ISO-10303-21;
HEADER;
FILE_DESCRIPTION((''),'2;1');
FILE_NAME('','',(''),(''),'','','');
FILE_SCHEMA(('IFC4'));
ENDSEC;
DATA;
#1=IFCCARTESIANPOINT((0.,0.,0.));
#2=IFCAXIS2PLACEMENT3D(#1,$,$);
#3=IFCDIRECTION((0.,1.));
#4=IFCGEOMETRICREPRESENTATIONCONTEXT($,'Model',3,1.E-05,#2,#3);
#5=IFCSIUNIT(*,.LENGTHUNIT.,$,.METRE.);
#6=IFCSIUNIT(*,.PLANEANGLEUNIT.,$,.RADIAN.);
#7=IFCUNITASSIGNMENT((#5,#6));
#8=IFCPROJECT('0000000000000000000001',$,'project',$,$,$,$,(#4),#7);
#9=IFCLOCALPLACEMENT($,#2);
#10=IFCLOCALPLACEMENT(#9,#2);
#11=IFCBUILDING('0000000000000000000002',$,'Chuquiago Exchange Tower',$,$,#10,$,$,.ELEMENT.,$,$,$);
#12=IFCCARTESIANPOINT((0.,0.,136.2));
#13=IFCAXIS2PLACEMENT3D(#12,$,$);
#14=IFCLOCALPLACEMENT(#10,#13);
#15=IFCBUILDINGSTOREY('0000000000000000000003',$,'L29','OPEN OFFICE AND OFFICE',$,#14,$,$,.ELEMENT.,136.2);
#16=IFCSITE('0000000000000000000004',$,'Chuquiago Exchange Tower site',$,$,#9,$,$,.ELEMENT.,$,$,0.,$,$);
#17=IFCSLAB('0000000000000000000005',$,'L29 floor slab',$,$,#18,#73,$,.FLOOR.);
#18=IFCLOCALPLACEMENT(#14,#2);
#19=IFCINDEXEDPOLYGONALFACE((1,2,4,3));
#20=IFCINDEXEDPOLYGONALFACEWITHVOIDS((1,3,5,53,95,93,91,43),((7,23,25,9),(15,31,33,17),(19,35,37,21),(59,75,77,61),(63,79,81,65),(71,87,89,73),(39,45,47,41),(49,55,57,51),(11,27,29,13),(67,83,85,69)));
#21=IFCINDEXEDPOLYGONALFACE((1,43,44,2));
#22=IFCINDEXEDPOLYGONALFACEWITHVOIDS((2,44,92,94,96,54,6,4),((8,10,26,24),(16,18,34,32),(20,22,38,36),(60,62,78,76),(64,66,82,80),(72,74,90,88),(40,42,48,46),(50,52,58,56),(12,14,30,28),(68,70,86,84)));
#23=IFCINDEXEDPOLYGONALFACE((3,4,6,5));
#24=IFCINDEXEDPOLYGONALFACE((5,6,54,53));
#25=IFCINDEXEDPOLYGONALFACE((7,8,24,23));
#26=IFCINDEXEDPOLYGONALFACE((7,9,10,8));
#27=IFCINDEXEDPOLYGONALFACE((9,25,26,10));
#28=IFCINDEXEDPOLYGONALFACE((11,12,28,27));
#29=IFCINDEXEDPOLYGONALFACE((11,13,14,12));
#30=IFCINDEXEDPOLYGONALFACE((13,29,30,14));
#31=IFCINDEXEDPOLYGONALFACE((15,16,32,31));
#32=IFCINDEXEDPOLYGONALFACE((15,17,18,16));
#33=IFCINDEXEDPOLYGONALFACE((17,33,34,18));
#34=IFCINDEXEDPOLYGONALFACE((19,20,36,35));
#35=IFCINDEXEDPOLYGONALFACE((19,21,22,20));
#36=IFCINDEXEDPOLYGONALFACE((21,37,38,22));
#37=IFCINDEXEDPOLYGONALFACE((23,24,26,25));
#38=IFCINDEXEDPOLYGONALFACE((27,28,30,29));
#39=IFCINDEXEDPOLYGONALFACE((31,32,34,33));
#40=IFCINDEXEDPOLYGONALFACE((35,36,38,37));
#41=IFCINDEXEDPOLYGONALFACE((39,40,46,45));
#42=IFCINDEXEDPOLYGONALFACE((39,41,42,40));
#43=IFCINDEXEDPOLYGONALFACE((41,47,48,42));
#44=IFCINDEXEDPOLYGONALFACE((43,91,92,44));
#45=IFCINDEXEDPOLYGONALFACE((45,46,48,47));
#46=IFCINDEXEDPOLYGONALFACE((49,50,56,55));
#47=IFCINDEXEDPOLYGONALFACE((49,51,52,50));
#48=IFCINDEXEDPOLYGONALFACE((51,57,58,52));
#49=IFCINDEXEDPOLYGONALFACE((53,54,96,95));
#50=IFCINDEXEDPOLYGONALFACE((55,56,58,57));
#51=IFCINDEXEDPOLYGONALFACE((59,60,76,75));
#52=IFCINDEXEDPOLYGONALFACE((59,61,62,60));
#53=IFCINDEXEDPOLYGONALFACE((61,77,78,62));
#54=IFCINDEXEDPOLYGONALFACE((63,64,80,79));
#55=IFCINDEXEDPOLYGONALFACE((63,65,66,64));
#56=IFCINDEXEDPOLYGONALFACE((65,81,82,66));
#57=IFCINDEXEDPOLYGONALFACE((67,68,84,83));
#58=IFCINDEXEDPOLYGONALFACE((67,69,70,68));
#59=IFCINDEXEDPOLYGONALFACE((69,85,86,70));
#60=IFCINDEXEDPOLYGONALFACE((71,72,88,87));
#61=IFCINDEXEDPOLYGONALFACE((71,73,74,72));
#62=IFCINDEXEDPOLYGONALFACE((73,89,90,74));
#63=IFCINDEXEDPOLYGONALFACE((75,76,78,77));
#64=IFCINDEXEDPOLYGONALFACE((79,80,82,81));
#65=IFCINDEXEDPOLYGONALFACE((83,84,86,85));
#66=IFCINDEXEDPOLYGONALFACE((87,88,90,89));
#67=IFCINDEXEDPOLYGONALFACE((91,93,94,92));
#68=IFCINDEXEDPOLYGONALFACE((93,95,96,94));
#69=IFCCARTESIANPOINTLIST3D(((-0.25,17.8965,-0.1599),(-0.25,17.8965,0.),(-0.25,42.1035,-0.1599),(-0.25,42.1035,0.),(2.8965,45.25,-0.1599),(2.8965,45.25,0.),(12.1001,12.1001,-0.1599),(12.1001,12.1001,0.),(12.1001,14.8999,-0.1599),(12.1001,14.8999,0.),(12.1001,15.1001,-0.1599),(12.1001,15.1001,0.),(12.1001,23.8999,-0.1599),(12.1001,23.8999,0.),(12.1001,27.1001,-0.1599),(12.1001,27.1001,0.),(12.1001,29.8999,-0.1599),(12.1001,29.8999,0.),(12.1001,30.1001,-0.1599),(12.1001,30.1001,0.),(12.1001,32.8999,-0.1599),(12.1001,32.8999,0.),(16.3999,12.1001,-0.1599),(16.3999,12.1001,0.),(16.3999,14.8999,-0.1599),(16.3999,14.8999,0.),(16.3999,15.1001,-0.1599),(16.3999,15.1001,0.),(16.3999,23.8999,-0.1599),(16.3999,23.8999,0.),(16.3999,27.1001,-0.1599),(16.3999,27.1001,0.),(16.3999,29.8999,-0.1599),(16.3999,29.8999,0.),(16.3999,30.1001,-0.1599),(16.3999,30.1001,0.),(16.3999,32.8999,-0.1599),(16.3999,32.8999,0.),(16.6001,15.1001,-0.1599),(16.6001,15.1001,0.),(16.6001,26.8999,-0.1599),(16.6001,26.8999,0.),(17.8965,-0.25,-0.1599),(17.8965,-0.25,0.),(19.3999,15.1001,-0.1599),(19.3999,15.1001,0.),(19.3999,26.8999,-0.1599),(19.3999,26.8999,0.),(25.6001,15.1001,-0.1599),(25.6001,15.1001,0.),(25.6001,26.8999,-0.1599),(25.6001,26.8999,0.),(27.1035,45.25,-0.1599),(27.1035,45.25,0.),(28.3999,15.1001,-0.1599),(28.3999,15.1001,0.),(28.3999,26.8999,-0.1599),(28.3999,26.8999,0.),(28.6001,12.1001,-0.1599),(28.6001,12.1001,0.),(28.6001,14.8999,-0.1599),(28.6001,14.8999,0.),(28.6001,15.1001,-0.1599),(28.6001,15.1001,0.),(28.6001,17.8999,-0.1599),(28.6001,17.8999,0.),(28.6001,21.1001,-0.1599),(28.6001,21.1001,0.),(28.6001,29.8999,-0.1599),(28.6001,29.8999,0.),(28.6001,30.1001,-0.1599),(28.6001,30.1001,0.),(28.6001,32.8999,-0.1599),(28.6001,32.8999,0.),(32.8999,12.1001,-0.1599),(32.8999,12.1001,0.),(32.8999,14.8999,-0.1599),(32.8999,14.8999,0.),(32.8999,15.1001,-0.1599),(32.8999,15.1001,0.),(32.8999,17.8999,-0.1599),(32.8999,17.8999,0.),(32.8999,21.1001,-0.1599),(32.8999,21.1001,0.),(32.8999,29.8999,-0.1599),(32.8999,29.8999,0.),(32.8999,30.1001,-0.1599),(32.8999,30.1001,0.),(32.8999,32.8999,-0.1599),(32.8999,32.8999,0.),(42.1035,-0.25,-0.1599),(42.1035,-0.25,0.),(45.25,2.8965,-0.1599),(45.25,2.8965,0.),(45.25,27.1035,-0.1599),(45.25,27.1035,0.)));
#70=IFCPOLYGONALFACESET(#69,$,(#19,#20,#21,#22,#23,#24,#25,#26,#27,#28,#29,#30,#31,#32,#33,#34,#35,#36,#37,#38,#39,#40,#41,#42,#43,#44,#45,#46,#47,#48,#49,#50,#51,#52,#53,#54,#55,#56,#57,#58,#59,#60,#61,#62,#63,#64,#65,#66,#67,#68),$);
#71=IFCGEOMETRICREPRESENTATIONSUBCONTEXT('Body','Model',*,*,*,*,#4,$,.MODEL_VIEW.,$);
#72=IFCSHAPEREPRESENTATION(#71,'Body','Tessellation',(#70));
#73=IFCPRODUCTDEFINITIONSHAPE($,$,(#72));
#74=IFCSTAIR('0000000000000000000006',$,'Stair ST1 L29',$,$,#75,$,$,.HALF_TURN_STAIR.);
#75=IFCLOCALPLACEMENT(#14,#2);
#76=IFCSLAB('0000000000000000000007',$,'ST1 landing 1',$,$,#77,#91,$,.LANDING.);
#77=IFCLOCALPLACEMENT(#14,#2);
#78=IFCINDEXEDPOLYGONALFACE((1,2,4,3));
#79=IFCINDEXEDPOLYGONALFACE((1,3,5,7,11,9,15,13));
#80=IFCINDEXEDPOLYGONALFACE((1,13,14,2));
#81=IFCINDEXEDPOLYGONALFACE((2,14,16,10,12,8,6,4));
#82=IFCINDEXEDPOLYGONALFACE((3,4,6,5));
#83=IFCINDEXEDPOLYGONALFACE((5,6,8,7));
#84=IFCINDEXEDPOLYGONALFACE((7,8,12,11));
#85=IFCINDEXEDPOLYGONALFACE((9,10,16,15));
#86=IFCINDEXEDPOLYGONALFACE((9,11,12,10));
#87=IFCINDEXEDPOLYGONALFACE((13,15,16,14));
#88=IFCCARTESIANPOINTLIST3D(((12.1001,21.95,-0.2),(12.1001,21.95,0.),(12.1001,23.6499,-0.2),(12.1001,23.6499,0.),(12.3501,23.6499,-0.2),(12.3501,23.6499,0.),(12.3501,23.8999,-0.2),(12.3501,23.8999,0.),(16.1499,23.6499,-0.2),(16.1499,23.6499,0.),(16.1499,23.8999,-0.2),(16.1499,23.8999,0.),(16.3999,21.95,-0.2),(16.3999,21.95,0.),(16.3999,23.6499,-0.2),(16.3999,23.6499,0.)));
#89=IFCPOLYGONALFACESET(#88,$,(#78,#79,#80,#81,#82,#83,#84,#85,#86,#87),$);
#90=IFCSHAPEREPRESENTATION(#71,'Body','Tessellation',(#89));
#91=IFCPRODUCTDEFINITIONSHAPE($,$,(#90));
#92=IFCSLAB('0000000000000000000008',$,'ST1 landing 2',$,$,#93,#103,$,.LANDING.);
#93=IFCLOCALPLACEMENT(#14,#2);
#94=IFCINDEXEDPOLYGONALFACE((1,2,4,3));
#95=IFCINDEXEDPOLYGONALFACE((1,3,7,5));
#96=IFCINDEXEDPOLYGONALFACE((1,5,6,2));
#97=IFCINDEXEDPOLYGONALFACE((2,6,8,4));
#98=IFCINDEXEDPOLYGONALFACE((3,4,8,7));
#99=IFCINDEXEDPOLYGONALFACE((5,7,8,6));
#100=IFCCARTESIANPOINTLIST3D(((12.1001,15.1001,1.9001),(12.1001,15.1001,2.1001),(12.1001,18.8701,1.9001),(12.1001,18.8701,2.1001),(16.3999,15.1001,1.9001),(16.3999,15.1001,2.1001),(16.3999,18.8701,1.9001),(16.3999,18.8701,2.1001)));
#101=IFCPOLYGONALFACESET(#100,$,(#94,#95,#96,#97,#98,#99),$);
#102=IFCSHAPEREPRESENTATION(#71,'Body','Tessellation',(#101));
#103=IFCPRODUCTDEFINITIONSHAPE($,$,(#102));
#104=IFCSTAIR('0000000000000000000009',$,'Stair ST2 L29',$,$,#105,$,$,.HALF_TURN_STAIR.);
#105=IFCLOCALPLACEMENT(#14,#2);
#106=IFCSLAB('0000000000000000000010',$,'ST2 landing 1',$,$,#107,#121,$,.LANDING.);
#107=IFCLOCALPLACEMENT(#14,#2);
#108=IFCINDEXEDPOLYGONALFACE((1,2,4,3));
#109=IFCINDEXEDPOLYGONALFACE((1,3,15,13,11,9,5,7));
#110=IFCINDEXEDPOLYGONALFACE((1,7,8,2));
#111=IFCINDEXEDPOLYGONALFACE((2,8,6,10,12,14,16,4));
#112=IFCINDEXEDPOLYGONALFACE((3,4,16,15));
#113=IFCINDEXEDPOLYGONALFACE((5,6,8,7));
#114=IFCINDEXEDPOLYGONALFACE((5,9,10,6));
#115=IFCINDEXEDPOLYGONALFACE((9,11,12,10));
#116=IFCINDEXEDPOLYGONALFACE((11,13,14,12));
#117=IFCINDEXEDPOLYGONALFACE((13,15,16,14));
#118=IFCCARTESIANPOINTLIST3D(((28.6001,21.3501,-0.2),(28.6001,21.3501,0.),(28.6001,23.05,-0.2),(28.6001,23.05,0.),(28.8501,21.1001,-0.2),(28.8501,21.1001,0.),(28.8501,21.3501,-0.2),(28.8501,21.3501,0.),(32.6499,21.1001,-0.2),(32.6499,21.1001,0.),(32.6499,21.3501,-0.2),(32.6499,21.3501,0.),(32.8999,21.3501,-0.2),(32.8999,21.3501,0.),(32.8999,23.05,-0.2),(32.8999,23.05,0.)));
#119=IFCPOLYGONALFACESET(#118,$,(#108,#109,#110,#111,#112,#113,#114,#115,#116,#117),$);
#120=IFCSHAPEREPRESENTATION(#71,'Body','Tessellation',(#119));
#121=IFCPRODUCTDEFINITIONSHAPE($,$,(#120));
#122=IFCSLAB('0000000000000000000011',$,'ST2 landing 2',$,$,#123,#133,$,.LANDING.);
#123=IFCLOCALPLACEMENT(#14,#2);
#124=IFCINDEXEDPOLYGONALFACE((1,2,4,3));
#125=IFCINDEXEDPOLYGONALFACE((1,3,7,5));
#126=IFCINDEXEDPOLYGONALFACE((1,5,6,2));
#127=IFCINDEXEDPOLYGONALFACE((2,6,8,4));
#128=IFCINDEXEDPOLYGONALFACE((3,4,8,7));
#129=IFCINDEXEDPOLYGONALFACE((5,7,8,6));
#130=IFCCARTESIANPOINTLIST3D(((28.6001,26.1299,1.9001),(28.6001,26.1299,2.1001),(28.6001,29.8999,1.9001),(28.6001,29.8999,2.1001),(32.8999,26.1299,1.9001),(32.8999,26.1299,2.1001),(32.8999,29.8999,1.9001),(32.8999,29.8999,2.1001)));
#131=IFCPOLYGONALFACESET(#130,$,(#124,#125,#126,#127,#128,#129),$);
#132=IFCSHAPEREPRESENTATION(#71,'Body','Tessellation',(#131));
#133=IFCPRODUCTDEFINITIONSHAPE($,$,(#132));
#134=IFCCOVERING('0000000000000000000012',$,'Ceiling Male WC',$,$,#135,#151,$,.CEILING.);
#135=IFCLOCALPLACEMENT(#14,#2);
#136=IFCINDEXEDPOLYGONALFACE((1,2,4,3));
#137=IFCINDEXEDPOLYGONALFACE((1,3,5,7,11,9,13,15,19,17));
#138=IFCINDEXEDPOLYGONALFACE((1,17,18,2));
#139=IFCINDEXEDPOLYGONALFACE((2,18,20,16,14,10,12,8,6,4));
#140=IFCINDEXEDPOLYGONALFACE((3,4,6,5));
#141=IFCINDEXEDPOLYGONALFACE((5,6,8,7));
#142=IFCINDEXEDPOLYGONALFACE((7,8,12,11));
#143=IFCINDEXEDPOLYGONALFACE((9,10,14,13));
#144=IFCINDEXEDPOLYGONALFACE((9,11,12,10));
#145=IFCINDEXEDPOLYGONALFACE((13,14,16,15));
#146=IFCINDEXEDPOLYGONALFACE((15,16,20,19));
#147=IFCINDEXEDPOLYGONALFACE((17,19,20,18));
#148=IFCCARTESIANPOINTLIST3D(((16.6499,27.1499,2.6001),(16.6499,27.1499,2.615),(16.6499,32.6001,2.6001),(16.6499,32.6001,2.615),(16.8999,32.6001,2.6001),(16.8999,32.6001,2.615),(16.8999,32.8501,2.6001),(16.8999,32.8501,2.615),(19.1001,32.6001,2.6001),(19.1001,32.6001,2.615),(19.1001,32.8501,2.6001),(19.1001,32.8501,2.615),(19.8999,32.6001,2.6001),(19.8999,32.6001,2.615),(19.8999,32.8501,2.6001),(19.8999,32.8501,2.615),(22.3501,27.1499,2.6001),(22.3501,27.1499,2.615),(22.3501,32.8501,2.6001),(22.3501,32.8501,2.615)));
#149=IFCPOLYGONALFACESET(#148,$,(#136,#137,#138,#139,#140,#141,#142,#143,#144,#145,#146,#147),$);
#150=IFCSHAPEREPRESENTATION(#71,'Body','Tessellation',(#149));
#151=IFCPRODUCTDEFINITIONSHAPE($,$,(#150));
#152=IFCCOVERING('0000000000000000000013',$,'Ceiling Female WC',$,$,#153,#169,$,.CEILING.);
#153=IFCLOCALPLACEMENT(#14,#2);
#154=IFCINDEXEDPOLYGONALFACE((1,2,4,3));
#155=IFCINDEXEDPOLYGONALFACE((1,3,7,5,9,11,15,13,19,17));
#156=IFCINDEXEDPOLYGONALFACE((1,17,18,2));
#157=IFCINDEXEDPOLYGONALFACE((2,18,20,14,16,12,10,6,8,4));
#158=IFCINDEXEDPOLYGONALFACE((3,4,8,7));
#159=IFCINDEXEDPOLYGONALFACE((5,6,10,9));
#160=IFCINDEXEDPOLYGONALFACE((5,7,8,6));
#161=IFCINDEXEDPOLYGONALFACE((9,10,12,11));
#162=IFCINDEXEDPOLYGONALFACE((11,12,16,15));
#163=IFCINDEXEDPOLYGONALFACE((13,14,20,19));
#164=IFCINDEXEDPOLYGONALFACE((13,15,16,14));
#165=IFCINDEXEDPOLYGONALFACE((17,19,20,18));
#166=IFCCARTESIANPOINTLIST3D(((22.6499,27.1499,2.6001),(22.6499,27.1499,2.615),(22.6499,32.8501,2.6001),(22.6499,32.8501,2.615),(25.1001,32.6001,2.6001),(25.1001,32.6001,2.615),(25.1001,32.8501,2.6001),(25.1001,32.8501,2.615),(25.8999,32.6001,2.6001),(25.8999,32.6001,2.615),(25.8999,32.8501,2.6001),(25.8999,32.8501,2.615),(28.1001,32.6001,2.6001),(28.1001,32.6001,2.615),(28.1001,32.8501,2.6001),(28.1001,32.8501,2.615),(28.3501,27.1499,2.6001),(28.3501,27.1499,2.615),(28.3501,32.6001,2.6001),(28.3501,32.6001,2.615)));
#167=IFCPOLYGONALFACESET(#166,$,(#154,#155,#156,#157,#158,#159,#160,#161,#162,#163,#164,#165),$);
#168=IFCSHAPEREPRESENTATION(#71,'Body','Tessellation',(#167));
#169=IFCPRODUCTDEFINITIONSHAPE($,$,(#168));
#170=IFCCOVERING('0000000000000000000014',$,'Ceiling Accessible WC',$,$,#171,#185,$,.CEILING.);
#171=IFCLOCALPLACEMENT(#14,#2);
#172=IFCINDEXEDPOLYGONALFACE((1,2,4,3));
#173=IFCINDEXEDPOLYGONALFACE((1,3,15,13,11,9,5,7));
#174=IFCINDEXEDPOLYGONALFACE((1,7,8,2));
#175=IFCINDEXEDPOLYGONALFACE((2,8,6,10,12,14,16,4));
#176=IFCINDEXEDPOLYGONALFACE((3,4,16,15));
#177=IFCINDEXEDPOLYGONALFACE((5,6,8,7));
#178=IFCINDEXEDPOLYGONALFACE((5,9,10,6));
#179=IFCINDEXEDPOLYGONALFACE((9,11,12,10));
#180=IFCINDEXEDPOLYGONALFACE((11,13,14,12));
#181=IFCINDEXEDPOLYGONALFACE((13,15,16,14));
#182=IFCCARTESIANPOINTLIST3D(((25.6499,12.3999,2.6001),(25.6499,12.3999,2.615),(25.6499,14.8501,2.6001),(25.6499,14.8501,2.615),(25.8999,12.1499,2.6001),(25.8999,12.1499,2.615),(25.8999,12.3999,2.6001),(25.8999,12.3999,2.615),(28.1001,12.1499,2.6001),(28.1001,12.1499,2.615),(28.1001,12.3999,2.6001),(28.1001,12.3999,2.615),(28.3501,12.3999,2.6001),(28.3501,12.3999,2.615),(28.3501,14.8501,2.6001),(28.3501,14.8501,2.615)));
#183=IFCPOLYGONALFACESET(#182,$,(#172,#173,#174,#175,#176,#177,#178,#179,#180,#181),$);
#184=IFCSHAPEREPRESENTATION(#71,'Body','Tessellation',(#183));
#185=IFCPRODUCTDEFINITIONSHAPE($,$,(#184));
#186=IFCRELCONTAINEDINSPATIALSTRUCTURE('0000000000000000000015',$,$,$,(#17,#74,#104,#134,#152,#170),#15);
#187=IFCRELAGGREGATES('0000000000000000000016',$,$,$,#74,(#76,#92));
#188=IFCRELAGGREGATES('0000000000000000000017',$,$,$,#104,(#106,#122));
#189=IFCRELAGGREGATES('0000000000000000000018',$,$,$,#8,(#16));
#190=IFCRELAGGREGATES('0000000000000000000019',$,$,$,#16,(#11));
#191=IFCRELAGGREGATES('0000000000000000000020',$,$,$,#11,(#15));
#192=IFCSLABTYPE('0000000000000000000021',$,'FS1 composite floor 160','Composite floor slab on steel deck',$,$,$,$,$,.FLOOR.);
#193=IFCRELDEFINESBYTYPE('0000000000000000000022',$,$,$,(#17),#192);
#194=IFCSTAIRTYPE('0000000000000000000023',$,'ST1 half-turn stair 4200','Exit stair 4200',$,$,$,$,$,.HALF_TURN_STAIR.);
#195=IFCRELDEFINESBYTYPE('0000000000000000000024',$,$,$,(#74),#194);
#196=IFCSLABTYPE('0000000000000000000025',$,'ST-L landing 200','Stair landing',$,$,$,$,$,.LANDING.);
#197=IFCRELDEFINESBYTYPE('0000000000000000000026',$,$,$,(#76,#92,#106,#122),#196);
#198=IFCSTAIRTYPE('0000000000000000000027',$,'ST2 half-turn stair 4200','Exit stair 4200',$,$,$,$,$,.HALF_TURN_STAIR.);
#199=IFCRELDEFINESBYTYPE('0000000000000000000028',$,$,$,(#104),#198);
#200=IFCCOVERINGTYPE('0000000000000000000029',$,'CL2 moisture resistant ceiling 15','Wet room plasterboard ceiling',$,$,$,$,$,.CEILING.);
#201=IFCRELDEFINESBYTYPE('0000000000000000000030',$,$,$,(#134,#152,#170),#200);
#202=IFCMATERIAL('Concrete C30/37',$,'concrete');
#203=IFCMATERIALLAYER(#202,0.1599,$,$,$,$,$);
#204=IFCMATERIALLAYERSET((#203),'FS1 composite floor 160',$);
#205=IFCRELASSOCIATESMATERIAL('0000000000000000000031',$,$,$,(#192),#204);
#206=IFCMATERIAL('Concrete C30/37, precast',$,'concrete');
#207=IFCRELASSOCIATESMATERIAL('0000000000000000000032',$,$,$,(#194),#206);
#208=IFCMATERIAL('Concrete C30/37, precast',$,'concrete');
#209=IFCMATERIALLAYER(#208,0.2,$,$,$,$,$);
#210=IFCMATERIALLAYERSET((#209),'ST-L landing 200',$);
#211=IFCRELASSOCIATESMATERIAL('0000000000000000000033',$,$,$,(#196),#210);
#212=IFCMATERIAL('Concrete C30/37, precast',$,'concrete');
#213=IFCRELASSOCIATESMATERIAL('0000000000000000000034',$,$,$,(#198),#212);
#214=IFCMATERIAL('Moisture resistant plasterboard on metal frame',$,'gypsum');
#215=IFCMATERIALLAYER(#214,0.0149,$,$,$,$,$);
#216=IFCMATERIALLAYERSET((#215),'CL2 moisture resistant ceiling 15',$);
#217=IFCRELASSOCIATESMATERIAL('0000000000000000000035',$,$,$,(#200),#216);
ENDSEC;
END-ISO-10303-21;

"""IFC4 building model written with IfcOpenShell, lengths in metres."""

from ifc_helpers import new_model, si_unit, direction, frame, origin, place, context, subcontext, project, spatial, polyline, outline, extrude, material, layer, layer_set, type_object, element, aggregate, save


model = new_model("IFC4")

# Units and contexts
model_context = context("Model", 3, precision=1e-05, world=origin(), true_north=direction((0.0, 1.0)))
body_context = subcontext(model_context, "Body", "Model", "MODEL_VIEW")
ifc_project = project(units=[si_unit("LENGTHUNIT", "METRE"), si_unit("PLANEANGLEUNIT", "RADIAN")], contexts=[model_context])

# Site, building, storey
site_placement = place(None, origin())
site = spatial("IfcSite", under=ifc_project, at=site_placement, Name="Chuquiago Exchange Tower site", CompositionType="ELEMENT", RefElevation=0.0)
building_placement = place(site_placement, origin())
building = spatial("IfcBuilding", under=site, at=building_placement, Name="Chuquiago Exchange Tower", CompositionType="ELEMENT")
storey_placement = place(building_placement, frame((0.0, 0.0, 136.2)))
storey = spatial("IfcBuildingStorey", under=building, at=storey_placement, Name="L29", Description="OPEN OFFICE AND OFFICE", CompositionType="ELEMENT", Elevation=136.2)

# Slab
ifc_material_1 = material(Name="Concrete C30/37", Category="concrete")
ifc_layer_1 = layer(ifc_material_1, 0.1599)
ifc_layer_set_1 = layer_set([ifc_layer_1], Name="FS1 composite floor 160")
slab_type_1 = type_object("IfcSlabType", Name="FS1 composite floor 160", Description="Composite floor slab on steel deck", PredefinedType="FLOOR", material=ifc_layer_set_1)
slab_1_placement = place(storey_placement, frame((0.0, 0.0, -0.1599)))
element("IfcSlab", 1, at=slab_1_placement, inside=storey, type_object=slab_type_1, Name="L29 floor slab", PredefinedType="FLOOR", context=body_context, shape_type="SweptSolid", body=[
    extrude(outline(polyline([(17.8965, -0.25), (-0.25, 17.8965), (-0.25, 42.1035), (2.8965, 45.25), (27.1035, 45.25), (45.25, 27.1035), (45.25, 2.8965), (42.1035, -0.25), (17.8965, -0.25)]), holes=[polyline([(16.3999, 15.1001), (12.1001, 15.1001), (12.1001, 23.8999), (16.3999, 23.8999), (16.3999, 15.1001)]), polyline([(32.8999, 21.1001), (28.6001, 21.1001), (28.6001, 29.8999), (32.8999, 29.8999), (32.8999, 21.1001)]), polyline([(16.3999, 12.1001), (12.1001, 12.1001), (12.1001, 14.8999), (16.3999, 14.8999), (16.3999, 12.1001)]), polyline([(16.3999, 30.1001), (12.1001, 30.1001), (12.1001, 32.8999), (16.3999, 32.8999), (16.3999, 30.1001)]), polyline([(32.8999, 12.1001), (28.6001, 12.1001), (28.6001, 14.8999), (32.8999, 14.8999), (32.8999, 12.1001)]), polyline([(32.8999, 30.1001), (28.6001, 30.1001), (28.6001, 32.8999), (32.8999, 32.8999), (32.8999, 30.1001)]), polyline([(16.3999, 27.1001), (12.1001, 27.1001), (12.1001, 29.8999), (16.3999, 29.8999), (16.3999, 27.1001)]), polyline([(32.8999, 15.1001), (28.6001, 15.1001), (28.6001, 17.8999), (32.8999, 17.8999), (32.8999, 15.1001)]), polyline([(19.3999, 15.1001), (16.6001, 15.1001), (16.6001, 26.8999), (19.3999, 26.8999), (19.3999, 15.1001)]), polyline([(28.3999, 15.1001), (25.6001, 15.1001), (25.6001, 26.8999), (28.3999, 26.8999), (28.3999, 15.1001)])]), origin(), (0.0, 0.0, 1.0), 0.1599),
])

# Stairs, slabs
ifc_material_2 = material(Name="Concrete C30/37, precast", Category="concrete")
stair_type_1 = type_object("IfcStairType", Name="ST1 half-turn stair 4200", Description="Exit stair 4200", PredefinedType="HALF_TURN_STAIR", material=ifc_material_2)
stair_1_placement = place(storey_placement, origin())
stair_1 = element("IfcStair", 2, at=stair_1_placement, inside=storey, type_object=stair_type_1, Name="Stair ST1 L29", PredefinedType="HALF_TURN_STAIR")
ifc_material_3 = material(Name="Concrete C30/37, precast", Category="concrete")
ifc_layer_2 = layer(ifc_material_3, 0.2)
ifc_layer_set_2 = layer_set([ifc_layer_2], Name="ST-L landing 200")
slab_type_2 = type_object("IfcSlabType", Name="ST-L landing 200", Description="Stair landing", PredefinedType="LANDING", material=ifc_layer_set_2)
slab_2_placement = place(storey_placement, frame((0.0, 0.0, -0.2)))
slab_2 = element("IfcSlab", 3, at=slab_2_placement, type_object=slab_type_2, Name="ST1 landing 1", PredefinedType="LANDING", context=body_context, shape_type="SweptSolid", body=[
    extrude(outline(polyline([(12.3501, 23.8999), (16.1499, 23.8999), (16.1499, 23.6499), (16.3999, 23.6499), (16.3999, 21.95), (12.1001, 21.95), (12.1001, 23.6499), (12.3501, 23.6499), (12.3501, 23.8999)])), origin(), (0.0, 0.0, 1.0), 0.2),
])
slab_3_placement = place(storey_placement, frame((0.0, 0.0, 1.9001)))
slab_3 = element("IfcSlab", 4, at=slab_3_placement, type_object=slab_type_2, Name="ST1 landing 2", PredefinedType="LANDING", context=body_context, shape_type="SweptSolid", body=[
    extrude(outline(polyline([(12.1001, 18.8701), (16.3999, 18.8701), (16.3999, 15.1001), (12.1001, 15.1001), (12.1001, 18.8701)])), origin(), (0.0, 0.0, 1.0), 0.2),
])
aggregate(stair_1, [slab_2, slab_3])
ifc_material_4 = material(Name="Concrete C30/37, precast", Category="concrete")
stair_type_2 = type_object("IfcStairType", Name="ST2 half-turn stair 4200", Description="Exit stair 4200", PredefinedType="HALF_TURN_STAIR", material=ifc_material_4)
stair_2_placement = place(storey_placement, origin())
stair_2 = element("IfcStair", 5, at=stair_2_placement, inside=storey, type_object=stair_type_2, Name="Stair ST2 L29", PredefinedType="HALF_TURN_STAIR")
slab_4_placement = place(storey_placement, frame((0.0, 0.0, -0.2)))
slab_4 = element("IfcSlab", 6, at=slab_4_placement, type_object=slab_type_2, Name="ST2 landing 1", PredefinedType="LANDING", context=body_context, shape_type="SweptSolid", body=[
    extrude(outline(polyline([(32.6499, 21.3501), (32.6499, 21.1001), (28.8501, 21.1001), (28.8501, 21.3501), (28.6001, 21.3501), (28.6001, 23.05), (32.8999, 23.05), (32.8999, 21.3501), (32.6499, 21.3501)])), origin(), (0.0, 0.0, 1.0), 0.2),
])
slab_5_placement = place(storey_placement, frame((0.0, 0.0, 1.9001)))
slab_5 = element("IfcSlab", 7, at=slab_5_placement, type_object=slab_type_2, Name="ST2 landing 2", PredefinedType="LANDING", context=body_context, shape_type="SweptSolid", body=[
    extrude(outline(polyline([(28.6001, 29.8999), (32.8999, 29.8999), (32.8999, 26.1299), (28.6001, 26.1299), (28.6001, 29.8999)])), origin(), (0.0, 0.0, 1.0), 0.2),
])
aggregate(stair_2, [slab_4, slab_5])

# Coverings
ifc_material_5 = material(Name="Moisture resistant plasterboard on metal frame", Category="gypsum")
ifc_layer_3 = layer(ifc_material_5, 0.0149)
ifc_layer_set_3 = layer_set([ifc_layer_3], Name="CL2 moisture resistant ceiling 15")
covering_type_1 = type_object("IfcCoveringType", Name="CL2 moisture resistant ceiling 15", Description="Wet room plasterboard ceiling", PredefinedType="CEILING", material=ifc_layer_set_3)
covering_1_placement = place(storey_placement, frame((0.0, 0.0, 2.6001)))
element("IfcCovering", 8, at=covering_1_placement, inside=storey, type_object=covering_type_1, Name="Ceiling Male WC", PredefinedType="CEILING", context=body_context, shape_type="SweptSolid", body=[
    extrude(outline(polyline([(16.6499, 27.1499), (16.6499, 32.6001), (16.8999, 32.6001), (16.8999, 32.8501), (19.1001, 32.8501), (19.1001, 32.6001), (19.8999, 32.6001), (19.8999, 32.8501), (22.3501, 32.8501), (22.3501, 27.1499), (16.6499, 27.1499)])), origin(), (0.0, 0.0, 1.0), 0.0149),
])
covering_2_placement = place(storey_placement, frame((0.0, 0.0, 2.6001)))
element("IfcCovering", 9, at=covering_2_placement, inside=storey, type_object=covering_type_1, Name="Ceiling Female WC", PredefinedType="CEILING", context=body_context, shape_type="SweptSolid", body=[
    extrude(outline(polyline([(22.6499, 27.1499), (22.6499, 32.8501), (25.1001, 32.8501), (25.1001, 32.6001), (25.8999, 32.6001), (25.8999, 32.8501), (28.1001, 32.8501), (28.1001, 32.6001), (28.3501, 32.6001), (28.3501, 27.1499), (22.6499, 27.1499)])), origin(), (0.0, 0.0, 1.0), 0.0149),
])
covering_3_placement = place(storey_placement, frame((0.0, 0.0, 2.6001)))
element("IfcCovering", 10, at=covering_3_placement, inside=storey, type_object=covering_type_1, Name="Ceiling Accessible WC", PredefinedType="CEILING", context=body_context, shape_type="SweptSolid", body=[
    extrude(outline(polyline([(25.8999, 12.1499), (25.8999, 12.3999), (25.6499, 12.3999), (25.6499, 14.8501), (28.3501, 14.8501), (28.3501, 12.3999), (28.1001, 12.3999), (28.1001, 12.1499), (25.8999, 12.1499)])), origin(), (0.0, 0.0, 1.0), 0.0149),
])

save(model, "model.ifc")
